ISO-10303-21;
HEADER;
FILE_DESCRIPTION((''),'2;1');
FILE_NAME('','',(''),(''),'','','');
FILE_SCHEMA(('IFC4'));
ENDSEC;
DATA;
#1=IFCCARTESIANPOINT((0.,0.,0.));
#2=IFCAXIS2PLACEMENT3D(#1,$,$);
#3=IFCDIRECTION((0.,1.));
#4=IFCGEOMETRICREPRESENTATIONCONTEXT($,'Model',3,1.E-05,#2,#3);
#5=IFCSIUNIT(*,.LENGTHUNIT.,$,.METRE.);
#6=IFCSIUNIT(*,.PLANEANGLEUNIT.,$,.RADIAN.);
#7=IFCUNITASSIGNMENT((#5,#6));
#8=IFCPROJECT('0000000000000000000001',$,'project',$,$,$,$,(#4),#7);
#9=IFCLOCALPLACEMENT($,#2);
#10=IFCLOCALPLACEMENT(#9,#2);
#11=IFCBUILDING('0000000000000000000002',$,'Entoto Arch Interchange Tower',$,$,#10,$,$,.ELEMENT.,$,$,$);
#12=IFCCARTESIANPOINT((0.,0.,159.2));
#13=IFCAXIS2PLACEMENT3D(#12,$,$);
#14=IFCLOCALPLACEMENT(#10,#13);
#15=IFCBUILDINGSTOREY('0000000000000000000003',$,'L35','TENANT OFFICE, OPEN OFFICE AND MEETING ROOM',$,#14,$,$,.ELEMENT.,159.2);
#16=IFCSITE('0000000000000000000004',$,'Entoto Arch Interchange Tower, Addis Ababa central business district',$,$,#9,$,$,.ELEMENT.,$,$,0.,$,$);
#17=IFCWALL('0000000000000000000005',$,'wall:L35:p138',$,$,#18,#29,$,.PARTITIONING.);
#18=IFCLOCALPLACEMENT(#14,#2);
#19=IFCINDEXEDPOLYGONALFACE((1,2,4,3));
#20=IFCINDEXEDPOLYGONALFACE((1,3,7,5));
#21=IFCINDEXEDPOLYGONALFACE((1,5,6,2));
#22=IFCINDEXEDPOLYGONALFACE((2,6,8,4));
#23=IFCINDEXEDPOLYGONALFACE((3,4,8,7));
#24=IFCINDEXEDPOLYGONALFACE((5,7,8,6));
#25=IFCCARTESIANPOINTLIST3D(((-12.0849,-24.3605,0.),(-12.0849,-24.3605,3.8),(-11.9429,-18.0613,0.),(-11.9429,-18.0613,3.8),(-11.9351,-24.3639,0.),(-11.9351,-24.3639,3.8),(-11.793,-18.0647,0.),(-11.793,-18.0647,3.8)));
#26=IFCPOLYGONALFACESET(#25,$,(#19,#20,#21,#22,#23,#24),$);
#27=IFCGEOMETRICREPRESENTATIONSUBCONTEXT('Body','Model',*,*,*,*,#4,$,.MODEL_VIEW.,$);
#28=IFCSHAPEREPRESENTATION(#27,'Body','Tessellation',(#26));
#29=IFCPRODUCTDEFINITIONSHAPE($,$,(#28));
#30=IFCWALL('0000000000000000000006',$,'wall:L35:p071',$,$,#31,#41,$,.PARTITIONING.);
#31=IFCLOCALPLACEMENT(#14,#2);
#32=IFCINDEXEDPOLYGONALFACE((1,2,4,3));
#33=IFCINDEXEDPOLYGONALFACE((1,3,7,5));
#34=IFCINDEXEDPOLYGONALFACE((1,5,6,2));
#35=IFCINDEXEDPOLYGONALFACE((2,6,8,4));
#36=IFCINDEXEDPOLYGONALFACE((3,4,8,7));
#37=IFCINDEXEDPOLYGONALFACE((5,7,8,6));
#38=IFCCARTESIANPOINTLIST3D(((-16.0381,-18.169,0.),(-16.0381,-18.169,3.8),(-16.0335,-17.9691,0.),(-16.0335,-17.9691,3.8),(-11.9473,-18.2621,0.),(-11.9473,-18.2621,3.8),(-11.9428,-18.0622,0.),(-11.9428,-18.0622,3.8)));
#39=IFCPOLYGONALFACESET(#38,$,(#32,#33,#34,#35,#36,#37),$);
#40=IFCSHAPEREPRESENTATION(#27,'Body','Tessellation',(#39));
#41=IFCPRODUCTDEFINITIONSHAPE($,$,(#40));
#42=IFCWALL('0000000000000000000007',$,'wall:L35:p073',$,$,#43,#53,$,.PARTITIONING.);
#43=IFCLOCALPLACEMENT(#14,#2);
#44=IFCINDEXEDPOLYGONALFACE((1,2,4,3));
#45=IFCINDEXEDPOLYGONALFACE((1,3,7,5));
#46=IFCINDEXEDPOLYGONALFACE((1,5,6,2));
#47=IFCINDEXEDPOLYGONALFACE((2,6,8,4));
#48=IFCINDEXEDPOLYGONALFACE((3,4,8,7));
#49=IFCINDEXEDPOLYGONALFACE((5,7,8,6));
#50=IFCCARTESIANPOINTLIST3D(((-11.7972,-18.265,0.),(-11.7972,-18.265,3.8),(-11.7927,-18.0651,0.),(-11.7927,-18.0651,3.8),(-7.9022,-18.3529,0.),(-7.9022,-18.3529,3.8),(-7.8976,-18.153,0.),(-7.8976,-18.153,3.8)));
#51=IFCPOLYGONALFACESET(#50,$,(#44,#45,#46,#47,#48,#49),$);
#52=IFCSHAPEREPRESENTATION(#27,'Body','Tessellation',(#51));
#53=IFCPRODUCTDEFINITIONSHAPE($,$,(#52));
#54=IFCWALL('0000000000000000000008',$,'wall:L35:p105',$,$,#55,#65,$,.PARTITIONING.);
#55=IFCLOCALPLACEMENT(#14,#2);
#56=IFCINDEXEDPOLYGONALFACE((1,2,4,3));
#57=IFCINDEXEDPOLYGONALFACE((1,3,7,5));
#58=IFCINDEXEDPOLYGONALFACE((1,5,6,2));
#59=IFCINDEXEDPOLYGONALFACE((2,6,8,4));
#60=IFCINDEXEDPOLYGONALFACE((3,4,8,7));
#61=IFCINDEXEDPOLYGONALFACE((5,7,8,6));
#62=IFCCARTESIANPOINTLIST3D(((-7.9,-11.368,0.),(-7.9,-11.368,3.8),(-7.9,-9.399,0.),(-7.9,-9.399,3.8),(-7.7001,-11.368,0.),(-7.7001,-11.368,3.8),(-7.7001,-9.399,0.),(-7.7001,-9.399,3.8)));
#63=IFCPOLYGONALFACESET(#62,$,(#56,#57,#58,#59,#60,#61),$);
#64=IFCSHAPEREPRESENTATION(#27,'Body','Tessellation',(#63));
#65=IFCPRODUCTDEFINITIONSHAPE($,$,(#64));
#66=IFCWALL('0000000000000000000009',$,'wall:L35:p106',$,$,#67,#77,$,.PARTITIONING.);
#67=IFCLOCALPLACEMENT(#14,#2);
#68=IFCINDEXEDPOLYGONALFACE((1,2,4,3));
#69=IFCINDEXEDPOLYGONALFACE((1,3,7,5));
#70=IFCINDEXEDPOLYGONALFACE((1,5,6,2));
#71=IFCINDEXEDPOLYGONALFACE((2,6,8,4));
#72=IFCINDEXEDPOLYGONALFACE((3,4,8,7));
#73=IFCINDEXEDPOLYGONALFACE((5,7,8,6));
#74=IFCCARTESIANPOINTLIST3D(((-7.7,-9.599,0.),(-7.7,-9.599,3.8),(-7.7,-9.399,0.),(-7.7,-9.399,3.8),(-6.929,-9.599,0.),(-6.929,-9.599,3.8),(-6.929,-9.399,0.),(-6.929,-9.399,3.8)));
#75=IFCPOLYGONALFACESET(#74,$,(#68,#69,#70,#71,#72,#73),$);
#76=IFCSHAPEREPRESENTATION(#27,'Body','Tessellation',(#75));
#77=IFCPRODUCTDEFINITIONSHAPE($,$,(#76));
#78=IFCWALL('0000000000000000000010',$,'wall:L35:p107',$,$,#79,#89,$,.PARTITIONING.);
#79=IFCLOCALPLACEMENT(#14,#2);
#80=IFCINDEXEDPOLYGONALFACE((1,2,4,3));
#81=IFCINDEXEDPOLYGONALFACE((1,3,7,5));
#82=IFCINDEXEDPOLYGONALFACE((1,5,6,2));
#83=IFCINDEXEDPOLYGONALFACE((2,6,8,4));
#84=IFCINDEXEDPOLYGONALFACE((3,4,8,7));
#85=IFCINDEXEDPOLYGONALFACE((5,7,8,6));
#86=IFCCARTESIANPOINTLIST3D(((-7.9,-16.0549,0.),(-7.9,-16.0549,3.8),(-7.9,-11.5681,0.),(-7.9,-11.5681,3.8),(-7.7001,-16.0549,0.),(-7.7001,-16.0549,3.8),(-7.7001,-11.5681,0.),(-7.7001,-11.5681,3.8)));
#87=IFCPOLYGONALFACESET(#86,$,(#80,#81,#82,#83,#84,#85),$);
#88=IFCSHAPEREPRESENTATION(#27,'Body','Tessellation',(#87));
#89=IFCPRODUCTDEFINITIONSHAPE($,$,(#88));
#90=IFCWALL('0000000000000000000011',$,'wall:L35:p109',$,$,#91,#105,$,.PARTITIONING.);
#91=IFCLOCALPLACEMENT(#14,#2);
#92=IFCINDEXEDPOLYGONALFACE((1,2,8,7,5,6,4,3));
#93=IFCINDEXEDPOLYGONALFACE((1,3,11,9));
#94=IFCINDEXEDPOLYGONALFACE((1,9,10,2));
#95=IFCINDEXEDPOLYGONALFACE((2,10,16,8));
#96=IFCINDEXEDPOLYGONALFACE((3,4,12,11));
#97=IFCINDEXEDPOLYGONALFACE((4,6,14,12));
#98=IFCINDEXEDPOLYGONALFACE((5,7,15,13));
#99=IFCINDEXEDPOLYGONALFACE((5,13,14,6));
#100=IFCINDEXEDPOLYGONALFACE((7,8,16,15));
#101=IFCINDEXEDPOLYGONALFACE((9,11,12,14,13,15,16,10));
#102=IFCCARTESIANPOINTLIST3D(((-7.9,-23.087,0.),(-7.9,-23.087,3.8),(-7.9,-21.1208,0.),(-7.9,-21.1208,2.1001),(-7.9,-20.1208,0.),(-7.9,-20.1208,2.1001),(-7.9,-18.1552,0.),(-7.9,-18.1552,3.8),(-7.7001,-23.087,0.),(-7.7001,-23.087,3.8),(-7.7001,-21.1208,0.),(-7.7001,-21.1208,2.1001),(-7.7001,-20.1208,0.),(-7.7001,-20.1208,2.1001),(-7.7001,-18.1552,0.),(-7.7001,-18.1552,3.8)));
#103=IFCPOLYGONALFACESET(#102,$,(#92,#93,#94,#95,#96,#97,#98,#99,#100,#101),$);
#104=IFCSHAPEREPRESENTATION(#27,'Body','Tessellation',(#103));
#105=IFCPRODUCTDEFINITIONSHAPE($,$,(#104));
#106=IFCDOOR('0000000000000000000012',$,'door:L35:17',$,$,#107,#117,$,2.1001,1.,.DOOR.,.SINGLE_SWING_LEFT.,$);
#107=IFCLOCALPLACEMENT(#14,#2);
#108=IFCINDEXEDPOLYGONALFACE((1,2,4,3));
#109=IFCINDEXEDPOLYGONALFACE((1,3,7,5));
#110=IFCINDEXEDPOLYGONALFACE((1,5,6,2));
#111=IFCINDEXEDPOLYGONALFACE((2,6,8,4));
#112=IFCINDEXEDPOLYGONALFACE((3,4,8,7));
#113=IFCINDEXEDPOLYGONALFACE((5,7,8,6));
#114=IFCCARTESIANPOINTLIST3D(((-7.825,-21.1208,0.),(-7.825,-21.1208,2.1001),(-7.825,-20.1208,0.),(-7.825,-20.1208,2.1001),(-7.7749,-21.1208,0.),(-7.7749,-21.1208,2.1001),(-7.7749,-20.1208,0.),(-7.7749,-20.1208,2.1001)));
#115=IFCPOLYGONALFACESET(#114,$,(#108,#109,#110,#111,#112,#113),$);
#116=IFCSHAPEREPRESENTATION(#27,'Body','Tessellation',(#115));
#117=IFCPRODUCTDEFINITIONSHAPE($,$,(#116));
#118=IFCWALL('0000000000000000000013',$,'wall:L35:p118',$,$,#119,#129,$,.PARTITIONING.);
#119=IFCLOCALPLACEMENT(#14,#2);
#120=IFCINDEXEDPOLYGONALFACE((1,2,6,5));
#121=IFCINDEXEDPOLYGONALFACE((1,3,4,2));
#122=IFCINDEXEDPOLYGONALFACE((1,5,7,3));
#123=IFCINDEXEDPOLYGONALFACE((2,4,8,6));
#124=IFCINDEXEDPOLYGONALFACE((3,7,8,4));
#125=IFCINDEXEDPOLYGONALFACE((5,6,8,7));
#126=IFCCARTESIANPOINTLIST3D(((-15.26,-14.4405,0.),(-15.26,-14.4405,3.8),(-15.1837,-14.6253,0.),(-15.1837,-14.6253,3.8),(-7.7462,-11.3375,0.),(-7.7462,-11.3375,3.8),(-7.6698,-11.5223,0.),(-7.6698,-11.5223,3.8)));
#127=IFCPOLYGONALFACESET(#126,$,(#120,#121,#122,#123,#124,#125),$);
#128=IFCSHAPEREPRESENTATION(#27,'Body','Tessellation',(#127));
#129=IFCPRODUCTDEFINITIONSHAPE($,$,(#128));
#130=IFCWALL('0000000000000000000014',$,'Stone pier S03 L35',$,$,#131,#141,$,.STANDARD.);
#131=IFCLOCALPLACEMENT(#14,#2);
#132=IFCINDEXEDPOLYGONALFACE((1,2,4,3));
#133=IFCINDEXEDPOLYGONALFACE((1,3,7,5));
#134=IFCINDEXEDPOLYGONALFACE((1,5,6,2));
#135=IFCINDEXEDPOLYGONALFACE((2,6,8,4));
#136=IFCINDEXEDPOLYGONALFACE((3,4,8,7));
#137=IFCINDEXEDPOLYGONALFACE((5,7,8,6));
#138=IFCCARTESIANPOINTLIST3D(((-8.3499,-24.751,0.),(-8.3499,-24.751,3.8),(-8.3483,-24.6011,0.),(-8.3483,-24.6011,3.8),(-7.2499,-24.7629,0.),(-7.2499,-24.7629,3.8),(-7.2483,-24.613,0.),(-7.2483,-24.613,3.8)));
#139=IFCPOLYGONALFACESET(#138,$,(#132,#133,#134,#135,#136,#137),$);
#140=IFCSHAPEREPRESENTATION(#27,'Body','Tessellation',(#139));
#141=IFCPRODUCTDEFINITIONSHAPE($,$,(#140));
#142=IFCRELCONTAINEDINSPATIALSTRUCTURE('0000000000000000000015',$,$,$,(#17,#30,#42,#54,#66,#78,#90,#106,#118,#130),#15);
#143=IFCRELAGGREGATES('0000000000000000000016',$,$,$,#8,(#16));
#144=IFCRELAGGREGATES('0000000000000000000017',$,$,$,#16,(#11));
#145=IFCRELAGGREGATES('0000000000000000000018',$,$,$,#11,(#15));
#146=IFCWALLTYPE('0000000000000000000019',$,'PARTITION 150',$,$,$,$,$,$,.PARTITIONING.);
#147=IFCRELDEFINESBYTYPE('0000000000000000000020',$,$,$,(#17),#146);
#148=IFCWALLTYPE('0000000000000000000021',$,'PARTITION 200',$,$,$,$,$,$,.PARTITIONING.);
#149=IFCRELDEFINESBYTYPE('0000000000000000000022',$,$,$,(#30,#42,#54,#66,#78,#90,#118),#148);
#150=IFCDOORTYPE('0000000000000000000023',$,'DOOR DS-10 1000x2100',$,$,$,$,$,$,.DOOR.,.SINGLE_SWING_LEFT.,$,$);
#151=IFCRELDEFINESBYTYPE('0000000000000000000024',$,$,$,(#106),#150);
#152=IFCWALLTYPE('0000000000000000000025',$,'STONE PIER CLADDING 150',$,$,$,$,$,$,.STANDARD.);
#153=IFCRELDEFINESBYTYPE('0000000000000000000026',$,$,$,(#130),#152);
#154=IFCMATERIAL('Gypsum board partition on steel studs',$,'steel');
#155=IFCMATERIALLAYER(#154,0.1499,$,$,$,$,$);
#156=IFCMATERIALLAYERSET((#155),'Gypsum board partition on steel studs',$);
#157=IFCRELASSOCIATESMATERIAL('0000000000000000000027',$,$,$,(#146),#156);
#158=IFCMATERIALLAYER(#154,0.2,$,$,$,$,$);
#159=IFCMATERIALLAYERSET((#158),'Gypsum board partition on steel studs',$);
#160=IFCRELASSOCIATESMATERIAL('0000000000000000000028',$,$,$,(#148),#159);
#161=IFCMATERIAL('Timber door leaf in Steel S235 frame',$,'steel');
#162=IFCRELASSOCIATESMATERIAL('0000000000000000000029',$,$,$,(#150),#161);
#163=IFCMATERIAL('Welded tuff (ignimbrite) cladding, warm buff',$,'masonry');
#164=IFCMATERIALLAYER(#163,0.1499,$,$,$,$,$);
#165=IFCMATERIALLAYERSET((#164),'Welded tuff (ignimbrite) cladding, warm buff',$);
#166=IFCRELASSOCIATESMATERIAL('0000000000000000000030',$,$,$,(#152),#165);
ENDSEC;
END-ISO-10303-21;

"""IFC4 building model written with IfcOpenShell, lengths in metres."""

from ifc_helpers import new_model, si_unit, direction, frame, frame_2d, origin, place, context, subcontext, project, spatial, rectangle, extrude, material, layer, layer_set, type_object, element, fill, save


model = new_model("IFC4")

# Units and contexts
model_context = context("Model", 3, precision=1e-05, world=origin(), true_north=direction((0.0, 1.0)))
body_context = subcontext(model_context, "Body", "Model", "MODEL_VIEW")
ifc_project = project(units=[si_unit("LENGTHUNIT", "METRE"), si_unit("PLANEANGLEUNIT", "RADIAN")], contexts=[model_context])

# Site, building, storey
site_placement = place(None, origin())
site = spatial("IfcSite", under=ifc_project, at=site_placement, Name="Entoto Arch Interchange Tower, Addis Ababa central business district", CompositionType="ELEMENT", RefElevation=0.0)
building_placement = place(site_placement, origin())
building = spatial("IfcBuilding", under=site, at=building_placement, Name="Entoto Arch Interchange Tower", CompositionType="ELEMENT")
storey_placement = place(building_placement, frame((0.0, 0.0, 159.2)))
storey = spatial("IfcBuildingStorey", under=building, at=storey_placement, Name="L35", Description="TENANT OFFICE, OPEN OFFICE AND MEETING ROOM", CompositionType="ELEMENT", Elevation=159.2)

# Walls
ifc_material_1 = material(Name="Gypsum board partition on steel studs", Category="steel")
ifc_layer_1 = layer(ifc_material_1, 0.1499)
ifc_layer_set_1 = layer_set([ifc_layer_1], Name="Gypsum board partition on steel studs")
wall_type_1 = type_object("IfcWallType", Name="PARTITION 150", PredefinedType="PARTITIONING", material=ifc_layer_set_1)
wall_1_placement = place(storey_placement, frame((-11.8679, -18.063, 0.0), z_axis=(0.0, 0.0, 1.0), x_axis=(-0.022552, -0.999746, 0.0)))
element("IfcWall", 1, at=wall_1_placement, inside=storey, type_object=wall_type_1, Name="wall:L35:p138", PredefinedType="PARTITIONING", context=body_context, shape_type="SweptSolid", body=[
    extrude(rectangle(XDim=6.3008, YDim=0.1499, at=frame_2d((3.1504, 0.0))), origin(), (0.0, 0.0, 1.0), 3.8),
])
ifc_layer_2 = layer(ifc_material_1, 0.2)
ifc_layer_set_2 = layer_set([ifc_layer_2], Name="Gypsum board partition on steel studs")
wall_type_2 = type_object("IfcWallType", Name="PARTITION 200", PredefinedType="PARTITIONING", material=ifc_layer_set_2)
wall_2_placement = place(storey_placement, frame((-11.9451, -18.1621, 0.0), z_axis=(0.0, 0.0, 1.0), x_axis=(-0.999742, 0.022732, 0.0)))
element("IfcWall", 2, at=wall_2_placement, inside=storey, type_object=wall_type_2, Name="wall:L35:p071", PredefinedType="PARTITIONING", context=body_context, shape_type="SweptSolid", body=[
    extrude(rectangle(XDim=4.0918, YDim=0.2, at=frame_2d((2.0459, 0.0))), origin(), (0.0, 0.0, 1.0), 3.8),
])
wall_3_placement = place(storey_placement, frame((-7.8999, -18.2529, 0.0), z_axis=(0.0, 0.0, 1.0), x_axis=(-0.999746, 0.022559, 0.0)))
element("IfcWall", 3, at=wall_3_placement, inside=storey, type_object=wall_type_2, Name="wall:L35:p073", PredefinedType="PARTITIONING", context=body_context, shape_type="SweptSolid", body=[
    extrude(rectangle(XDim=3.896, YDim=0.2, at=frame_2d((1.948, 0.0))), origin(), (0.0, 0.0, 1.0), 3.8),
])
wall_4_placement = place(storey_placement, frame((-7.8, -11.3679, 0.0), z_axis=(0.0, 0.0, 1.0), x_axis=(0.0, 1.0, 0.0)))
element("IfcWall", 4, at=wall_4_placement, inside=storey, type_object=wall_type_2, Name="wall:L35:p105", PredefinedType="PARTITIONING", context=body_context, shape_type="SweptSolid", body=[
    extrude(rectangle(XDim=1.969, YDim=0.2, at=frame_2d((0.9844, 0.0))), origin(), (0.0, 0.0, 1.0), 3.8),
])
wall_5_placement = place(storey_placement, frame((-7.7, -9.499, 0.0), z_axis=(0.0, 0.0, 1.0), x_axis=(1.0, 0.0, 0.0)))
element("IfcWall", 5, at=wall_5_placement, inside=storey, type_object=wall_type_2, Name="wall:L35:p106", PredefinedType="PARTITIONING", context=body_context, shape_type="SweptSolid", body=[
    extrude(rectangle(XDim=0.771, YDim=0.2, at=frame_2d((0.3855, 0.0))), origin(), (0.0, 0.0, 1.0), 3.8),
])
wall_6_placement = place(storey_placement, frame((-7.8, -16.0549, 0.0), z_axis=(0.0, 0.0, 1.0), x_axis=(0.0, 1.0, 0.0)))
element("IfcWall", 6, at=wall_6_placement, inside=storey, type_object=wall_type_2, Name="wall:L35:p107", PredefinedType="PARTITIONING", context=body_context, shape_type="SweptSolid", body=[
    extrude(rectangle(XDim=4.4868, YDim=0.2, at=frame_2d((2.2434, 0.0))), origin(), (0.0, 0.0, 1.0), 3.8),
])

# Wall, opening, door
wall_7_placement = place(storey_placement, frame((-7.8, -23.0869, 0.0), z_axis=(0.0, 0.0, 1.0), x_axis=(0.0, 1.0, 0.0)))
wall_7 = element("IfcWall", 7, at=wall_7_placement, inside=storey, type_object=wall_type_2, Name="wall:L35:p109", PredefinedType="PARTITIONING", context=body_context, shape_type="SweptSolid", body=[
    extrude(rectangle(XDim=4.9319, YDim=0.2, at=frame_2d((2.4658, 0.0))), origin(), (0.0, 0.0, 1.0), 3.8),
])
opening_placement = place(wall_7_placement, frame((1.9661, 0.0, 0.0)))
opening = element("IfcOpeningElement", 8, at=opening_placement, cuts=wall_7, PredefinedType="OPENING", context=body_context, shape_type="SweptSolid", body=[
    extrude(rectangle(XDim=1.0, YDim=2.1001, at=frame_2d((0.5, 1.05))), frame((0.0, 0.1099, 0.0), z_axis=(0.0, -1.0, 0.0), x_axis=(1.0, 0.0, 0.0)), (0.0, 0.0, 1.0), 0.22),
])
ifc_material_2 = material(Name="Timber door leaf in Steel S235 frame", Category="steel")
door_type = type_object("IfcDoorType", Name="DOOR DS-10 1000x2100", OperationType="SINGLE_SWING_LEFT", PredefinedType="DOOR", material=ifc_material_2)
door_placement = place(opening_placement, origin())
door = element("IfcDoor", 9, at=door_placement, inside=storey, type_object=door_type, Name="door:L35:17", OperationType="SINGLE_SWING_LEFT", OverallHeight=2.1001, OverallWidth=1.0, PredefinedType="DOOR", context=body_context, shape_type="SweptSolid", body=[
    extrude(rectangle(XDim=1.0, YDim=2.1001, at=frame_2d((0.5, 1.05))), frame((0.0, 0.0249, 0.0), z_axis=(0.0, -1.0, 0.0), x_axis=(1.0, 0.0, 0.0)), (0.0, 0.0, 1.0), 0.05),
])
fill(opening, door)

# Walls
wall_8_placement = place(storey_placement, frame((-7.708, -11.4299, 0.0), z_axis=(0.0, 0.0, 1.0), x_axis=(-0.924285, -0.381703, 0.0)))
element("IfcWall", 10, at=wall_8_placement, inside=storey, type_object=wall_type_2, Name="wall:L35:p118", PredefinedType="PARTITIONING", context=body_context, shape_type="SweptSolid", body=[
    extrude(rectangle(XDim=8.1294, YDim=0.2, at=frame_2d((4.0647, 0.0))), origin(), (0.0, 0.0, 1.0), 3.8),
])
ifc_material_3 = material(Name="Welded tuff (ignimbrite) cladding, warm buff", Category="masonry")
ifc_layer_3 = layer(ifc_material_3, 0.1499)
ifc_layer_set_3 = layer_set([ifc_layer_3], Name="Welded tuff (ignimbrite) cladding, warm buff")
wall_type_3 = type_object("IfcWallType", Name="STONE PIER CLADDING 150", PredefinedType="STANDARD", material=ifc_layer_set_3)
wall_9_placement = place(storey_placement, frame((-8.3491, -24.676, 0.0), z_axis=(0.0, 0.0, 1.0), x_axis=(0.999941, -0.010874, 0.0)))
element("IfcWall", 11, at=wall_9_placement, inside=storey, type_object=wall_type_3, Name="Stone pier S03 L35", PredefinedType="STANDARD", context=body_context, shape_type="SweptSolid", body=[
    extrude(rectangle(XDim=1.1001, YDim=0.1499, at=frame_2d((0.55, 0.0))), origin(), (0.0, 0.0, 1.0), 3.8),
])

save(model, "model.ifc")
